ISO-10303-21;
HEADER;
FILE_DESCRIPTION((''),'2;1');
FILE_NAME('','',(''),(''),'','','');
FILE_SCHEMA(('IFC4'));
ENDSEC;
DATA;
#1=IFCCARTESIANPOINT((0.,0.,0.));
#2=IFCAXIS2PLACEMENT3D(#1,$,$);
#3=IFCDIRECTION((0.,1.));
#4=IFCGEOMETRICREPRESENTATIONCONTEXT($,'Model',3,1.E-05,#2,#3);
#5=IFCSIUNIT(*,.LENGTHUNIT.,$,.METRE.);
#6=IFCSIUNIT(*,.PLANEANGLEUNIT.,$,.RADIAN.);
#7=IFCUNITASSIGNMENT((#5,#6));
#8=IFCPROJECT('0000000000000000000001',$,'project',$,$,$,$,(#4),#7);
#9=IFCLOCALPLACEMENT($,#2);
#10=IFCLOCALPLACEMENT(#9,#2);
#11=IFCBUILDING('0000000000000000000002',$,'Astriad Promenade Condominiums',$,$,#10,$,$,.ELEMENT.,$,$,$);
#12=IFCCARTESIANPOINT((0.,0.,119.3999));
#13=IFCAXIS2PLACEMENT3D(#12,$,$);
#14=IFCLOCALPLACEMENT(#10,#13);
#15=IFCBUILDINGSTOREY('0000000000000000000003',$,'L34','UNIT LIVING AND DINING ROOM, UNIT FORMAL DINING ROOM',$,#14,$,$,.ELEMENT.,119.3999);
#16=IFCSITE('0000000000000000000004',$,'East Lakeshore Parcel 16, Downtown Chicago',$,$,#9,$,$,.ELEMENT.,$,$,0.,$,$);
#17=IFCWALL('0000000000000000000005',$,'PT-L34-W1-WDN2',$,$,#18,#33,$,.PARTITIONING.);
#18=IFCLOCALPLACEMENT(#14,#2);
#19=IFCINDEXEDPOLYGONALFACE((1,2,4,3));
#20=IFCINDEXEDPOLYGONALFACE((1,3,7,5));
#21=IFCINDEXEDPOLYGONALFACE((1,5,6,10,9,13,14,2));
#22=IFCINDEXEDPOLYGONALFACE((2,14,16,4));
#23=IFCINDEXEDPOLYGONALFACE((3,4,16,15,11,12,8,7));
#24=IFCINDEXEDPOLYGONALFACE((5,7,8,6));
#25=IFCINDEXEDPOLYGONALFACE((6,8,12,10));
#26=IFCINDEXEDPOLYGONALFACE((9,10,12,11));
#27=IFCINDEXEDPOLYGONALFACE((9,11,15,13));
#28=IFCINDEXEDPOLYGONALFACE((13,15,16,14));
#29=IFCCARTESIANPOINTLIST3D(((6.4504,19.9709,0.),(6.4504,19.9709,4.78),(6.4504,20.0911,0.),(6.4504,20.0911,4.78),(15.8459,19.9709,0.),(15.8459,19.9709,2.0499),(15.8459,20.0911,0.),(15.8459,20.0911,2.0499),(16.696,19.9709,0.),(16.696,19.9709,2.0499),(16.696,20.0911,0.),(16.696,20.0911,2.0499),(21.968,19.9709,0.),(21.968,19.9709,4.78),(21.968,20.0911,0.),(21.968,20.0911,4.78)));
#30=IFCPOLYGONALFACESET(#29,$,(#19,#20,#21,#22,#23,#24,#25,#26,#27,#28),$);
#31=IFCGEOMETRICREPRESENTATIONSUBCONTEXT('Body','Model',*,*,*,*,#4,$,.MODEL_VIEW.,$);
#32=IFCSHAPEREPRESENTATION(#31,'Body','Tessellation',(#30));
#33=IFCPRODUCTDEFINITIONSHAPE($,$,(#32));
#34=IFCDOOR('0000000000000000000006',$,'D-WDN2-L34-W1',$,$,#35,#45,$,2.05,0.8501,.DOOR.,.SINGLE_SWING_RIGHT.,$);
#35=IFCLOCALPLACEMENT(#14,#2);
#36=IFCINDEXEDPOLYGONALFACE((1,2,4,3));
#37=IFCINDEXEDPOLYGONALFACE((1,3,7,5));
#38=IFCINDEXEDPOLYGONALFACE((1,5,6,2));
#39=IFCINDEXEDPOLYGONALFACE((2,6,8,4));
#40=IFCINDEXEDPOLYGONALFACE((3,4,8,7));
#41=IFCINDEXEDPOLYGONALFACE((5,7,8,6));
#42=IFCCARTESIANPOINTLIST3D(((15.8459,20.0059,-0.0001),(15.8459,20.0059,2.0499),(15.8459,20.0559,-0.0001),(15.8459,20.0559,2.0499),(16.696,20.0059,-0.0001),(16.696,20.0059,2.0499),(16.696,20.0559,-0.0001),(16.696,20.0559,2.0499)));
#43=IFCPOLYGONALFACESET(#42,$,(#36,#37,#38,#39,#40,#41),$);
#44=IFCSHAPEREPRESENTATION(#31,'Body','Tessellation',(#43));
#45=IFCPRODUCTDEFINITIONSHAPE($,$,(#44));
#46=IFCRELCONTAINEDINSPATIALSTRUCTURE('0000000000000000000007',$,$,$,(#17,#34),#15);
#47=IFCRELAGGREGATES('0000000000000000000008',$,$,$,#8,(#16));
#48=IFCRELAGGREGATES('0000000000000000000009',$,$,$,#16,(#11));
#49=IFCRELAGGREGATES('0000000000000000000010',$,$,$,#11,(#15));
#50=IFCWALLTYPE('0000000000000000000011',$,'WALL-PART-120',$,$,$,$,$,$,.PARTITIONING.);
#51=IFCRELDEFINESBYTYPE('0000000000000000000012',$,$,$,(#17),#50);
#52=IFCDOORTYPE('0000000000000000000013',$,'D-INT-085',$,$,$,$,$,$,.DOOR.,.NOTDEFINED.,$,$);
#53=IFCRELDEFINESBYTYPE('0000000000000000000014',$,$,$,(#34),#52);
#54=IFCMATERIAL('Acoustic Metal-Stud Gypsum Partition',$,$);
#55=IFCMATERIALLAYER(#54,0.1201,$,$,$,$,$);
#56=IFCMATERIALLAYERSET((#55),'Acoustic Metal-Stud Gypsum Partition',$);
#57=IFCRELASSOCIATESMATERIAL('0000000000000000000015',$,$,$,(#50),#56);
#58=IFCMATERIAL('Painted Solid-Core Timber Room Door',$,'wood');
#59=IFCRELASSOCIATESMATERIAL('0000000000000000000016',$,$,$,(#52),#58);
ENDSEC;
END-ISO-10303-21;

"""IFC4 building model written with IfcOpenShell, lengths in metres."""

from ifc_helpers import new_model, si_unit, direction, frame, frame_2d, origin, place, context, subcontext, project, spatial, rectangle, extrude, source, transform, mapped, material, layer, layer_set, type_object, type_shapes, element, fill, save


model = new_model("IFC4")

# Units and contexts
model_context = context("Model", 3, precision=1e-05, world=origin(), true_north=direction((0.0, 1.0)))
body_context = subcontext(model_context, "Body", "Model", "MODEL_VIEW")
ifc_project = project(units=[si_unit("LENGTHUNIT", "METRE"), si_unit("PLANEANGLEUNIT", "RADIAN")], contexts=[model_context])

# Site, building, storey
site_placement = place(None, origin())
site = spatial("IfcSite", under=ifc_project, at=site_placement, Name="East Lakeshore Parcel 16, Downtown Chicago", CompositionType="ELEMENT", RefElevation=0.0)
building_placement = place(site_placement, origin())
building = spatial("IfcBuilding", under=site, at=building_placement, Name="Astriad Promenade Condominiums", CompositionType="ELEMENT")
storey_placement = place(building_placement, frame((0.0, 0.0, 119.3999)))
storey = spatial("IfcBuildingStorey", under=building, at=storey_placement, Name="L34", Description="UNIT LIVING AND DINING ROOM, UNIT FORMAL DINING ROOM", CompositionType="ELEMENT", Elevation=119.3999)

# Wall, opening, door
ifc_material_1 = material(Name="Acoustic Metal-Stud Gypsum Partition")
ifc_layer_1 = layer(ifc_material_1, 0.1201)
ifc_layer_set_1 = layer_set([ifc_layer_1], Name="Acoustic Metal-Stud Gypsum Partition")
wall_type_1 = type_object("IfcWallType", Name="WALL-PART-120", PredefinedType="PARTITIONING", material=ifc_layer_set_1)
ifc_material_2 = material(Name="Painted Solid-Core Timber Room Door", Category="wood")
door_type = type_object("IfcDoorType", Name="D-INT-085", OperationType="NOTDEFINED", PredefinedType="DOOR", material=ifc_material_2)
shared_shape_1 = source(origin(), body_context, "Body", "SweptSolid", [
    extrude(rectangle(XDim=0.8501, YDim=2.05, at=frame_2d((0.425, 1.0249))), frame((0.0, 0.0249, 0.0), z_axis=(0.0, -1.0, 0.0), x_axis=(1.0, 0.0, 0.0)), (0.0, 0.0, 1.0), 0.05),
])
type_shapes(door_type, [shared_shape_1])
wall_1_placement = place(storey_placement, frame((6.4504, 20.031, 0.0), z_axis=(0.0, 0.0, 1.0), x_axis=(1.0, 0.0, 0.0)))
wall_1 = element("IfcWall", 1, at=wall_1_placement, inside=storey, type_object=wall_type_1, Name="PT-L34-W1-WDN2", PredefinedType="PARTITIONING", context=body_context, shape_type="SweptSolid", body=[
    extrude(rectangle(XDim=15.5176, YDim=0.1201, at=frame_2d((7.7588, 0.0))), origin(), (0.0, 0.0, 1.0), 4.78),
])
opening_1_placement = place(wall_1_placement, frame((9.3955, 0.0, 0.0)))
opening_1 = element("IfcOpeningElement", 2, at=opening_1_placement, cuts=wall_1, PredefinedType="OPENING", context=body_context, shape_type="SweptSolid", body=[
    extrude(rectangle(XDim=0.8501, YDim=2.05, at=frame_2d((0.425, 1.0249))), frame((0.0, 0.0701, 0.0), z_axis=(0.0, -1.0, 0.0), x_axis=(1.0, 0.0, 0.0)), (0.0, 0.0, 1.0), 0.1401),
])
door_1_placement = place(opening_1_placement, origin())
door_1 = element("IfcDoor", 3, at=door_1_placement, inside=storey, type_object=door_type, Name="D-WDN2-L34-W1", OperationType="SINGLE_SWING_RIGHT", OverallHeight=2.05, OverallWidth=0.8501, PredefinedType="DOOR", context=body_context, shape_type="MappedRepresentation", body=[
    mapped(shared_shape_1, transform((0.0, 0.0, 0.0), scale=1.0)),
])
fill(opening_1, door_1)

save(model, "model.ifc")
